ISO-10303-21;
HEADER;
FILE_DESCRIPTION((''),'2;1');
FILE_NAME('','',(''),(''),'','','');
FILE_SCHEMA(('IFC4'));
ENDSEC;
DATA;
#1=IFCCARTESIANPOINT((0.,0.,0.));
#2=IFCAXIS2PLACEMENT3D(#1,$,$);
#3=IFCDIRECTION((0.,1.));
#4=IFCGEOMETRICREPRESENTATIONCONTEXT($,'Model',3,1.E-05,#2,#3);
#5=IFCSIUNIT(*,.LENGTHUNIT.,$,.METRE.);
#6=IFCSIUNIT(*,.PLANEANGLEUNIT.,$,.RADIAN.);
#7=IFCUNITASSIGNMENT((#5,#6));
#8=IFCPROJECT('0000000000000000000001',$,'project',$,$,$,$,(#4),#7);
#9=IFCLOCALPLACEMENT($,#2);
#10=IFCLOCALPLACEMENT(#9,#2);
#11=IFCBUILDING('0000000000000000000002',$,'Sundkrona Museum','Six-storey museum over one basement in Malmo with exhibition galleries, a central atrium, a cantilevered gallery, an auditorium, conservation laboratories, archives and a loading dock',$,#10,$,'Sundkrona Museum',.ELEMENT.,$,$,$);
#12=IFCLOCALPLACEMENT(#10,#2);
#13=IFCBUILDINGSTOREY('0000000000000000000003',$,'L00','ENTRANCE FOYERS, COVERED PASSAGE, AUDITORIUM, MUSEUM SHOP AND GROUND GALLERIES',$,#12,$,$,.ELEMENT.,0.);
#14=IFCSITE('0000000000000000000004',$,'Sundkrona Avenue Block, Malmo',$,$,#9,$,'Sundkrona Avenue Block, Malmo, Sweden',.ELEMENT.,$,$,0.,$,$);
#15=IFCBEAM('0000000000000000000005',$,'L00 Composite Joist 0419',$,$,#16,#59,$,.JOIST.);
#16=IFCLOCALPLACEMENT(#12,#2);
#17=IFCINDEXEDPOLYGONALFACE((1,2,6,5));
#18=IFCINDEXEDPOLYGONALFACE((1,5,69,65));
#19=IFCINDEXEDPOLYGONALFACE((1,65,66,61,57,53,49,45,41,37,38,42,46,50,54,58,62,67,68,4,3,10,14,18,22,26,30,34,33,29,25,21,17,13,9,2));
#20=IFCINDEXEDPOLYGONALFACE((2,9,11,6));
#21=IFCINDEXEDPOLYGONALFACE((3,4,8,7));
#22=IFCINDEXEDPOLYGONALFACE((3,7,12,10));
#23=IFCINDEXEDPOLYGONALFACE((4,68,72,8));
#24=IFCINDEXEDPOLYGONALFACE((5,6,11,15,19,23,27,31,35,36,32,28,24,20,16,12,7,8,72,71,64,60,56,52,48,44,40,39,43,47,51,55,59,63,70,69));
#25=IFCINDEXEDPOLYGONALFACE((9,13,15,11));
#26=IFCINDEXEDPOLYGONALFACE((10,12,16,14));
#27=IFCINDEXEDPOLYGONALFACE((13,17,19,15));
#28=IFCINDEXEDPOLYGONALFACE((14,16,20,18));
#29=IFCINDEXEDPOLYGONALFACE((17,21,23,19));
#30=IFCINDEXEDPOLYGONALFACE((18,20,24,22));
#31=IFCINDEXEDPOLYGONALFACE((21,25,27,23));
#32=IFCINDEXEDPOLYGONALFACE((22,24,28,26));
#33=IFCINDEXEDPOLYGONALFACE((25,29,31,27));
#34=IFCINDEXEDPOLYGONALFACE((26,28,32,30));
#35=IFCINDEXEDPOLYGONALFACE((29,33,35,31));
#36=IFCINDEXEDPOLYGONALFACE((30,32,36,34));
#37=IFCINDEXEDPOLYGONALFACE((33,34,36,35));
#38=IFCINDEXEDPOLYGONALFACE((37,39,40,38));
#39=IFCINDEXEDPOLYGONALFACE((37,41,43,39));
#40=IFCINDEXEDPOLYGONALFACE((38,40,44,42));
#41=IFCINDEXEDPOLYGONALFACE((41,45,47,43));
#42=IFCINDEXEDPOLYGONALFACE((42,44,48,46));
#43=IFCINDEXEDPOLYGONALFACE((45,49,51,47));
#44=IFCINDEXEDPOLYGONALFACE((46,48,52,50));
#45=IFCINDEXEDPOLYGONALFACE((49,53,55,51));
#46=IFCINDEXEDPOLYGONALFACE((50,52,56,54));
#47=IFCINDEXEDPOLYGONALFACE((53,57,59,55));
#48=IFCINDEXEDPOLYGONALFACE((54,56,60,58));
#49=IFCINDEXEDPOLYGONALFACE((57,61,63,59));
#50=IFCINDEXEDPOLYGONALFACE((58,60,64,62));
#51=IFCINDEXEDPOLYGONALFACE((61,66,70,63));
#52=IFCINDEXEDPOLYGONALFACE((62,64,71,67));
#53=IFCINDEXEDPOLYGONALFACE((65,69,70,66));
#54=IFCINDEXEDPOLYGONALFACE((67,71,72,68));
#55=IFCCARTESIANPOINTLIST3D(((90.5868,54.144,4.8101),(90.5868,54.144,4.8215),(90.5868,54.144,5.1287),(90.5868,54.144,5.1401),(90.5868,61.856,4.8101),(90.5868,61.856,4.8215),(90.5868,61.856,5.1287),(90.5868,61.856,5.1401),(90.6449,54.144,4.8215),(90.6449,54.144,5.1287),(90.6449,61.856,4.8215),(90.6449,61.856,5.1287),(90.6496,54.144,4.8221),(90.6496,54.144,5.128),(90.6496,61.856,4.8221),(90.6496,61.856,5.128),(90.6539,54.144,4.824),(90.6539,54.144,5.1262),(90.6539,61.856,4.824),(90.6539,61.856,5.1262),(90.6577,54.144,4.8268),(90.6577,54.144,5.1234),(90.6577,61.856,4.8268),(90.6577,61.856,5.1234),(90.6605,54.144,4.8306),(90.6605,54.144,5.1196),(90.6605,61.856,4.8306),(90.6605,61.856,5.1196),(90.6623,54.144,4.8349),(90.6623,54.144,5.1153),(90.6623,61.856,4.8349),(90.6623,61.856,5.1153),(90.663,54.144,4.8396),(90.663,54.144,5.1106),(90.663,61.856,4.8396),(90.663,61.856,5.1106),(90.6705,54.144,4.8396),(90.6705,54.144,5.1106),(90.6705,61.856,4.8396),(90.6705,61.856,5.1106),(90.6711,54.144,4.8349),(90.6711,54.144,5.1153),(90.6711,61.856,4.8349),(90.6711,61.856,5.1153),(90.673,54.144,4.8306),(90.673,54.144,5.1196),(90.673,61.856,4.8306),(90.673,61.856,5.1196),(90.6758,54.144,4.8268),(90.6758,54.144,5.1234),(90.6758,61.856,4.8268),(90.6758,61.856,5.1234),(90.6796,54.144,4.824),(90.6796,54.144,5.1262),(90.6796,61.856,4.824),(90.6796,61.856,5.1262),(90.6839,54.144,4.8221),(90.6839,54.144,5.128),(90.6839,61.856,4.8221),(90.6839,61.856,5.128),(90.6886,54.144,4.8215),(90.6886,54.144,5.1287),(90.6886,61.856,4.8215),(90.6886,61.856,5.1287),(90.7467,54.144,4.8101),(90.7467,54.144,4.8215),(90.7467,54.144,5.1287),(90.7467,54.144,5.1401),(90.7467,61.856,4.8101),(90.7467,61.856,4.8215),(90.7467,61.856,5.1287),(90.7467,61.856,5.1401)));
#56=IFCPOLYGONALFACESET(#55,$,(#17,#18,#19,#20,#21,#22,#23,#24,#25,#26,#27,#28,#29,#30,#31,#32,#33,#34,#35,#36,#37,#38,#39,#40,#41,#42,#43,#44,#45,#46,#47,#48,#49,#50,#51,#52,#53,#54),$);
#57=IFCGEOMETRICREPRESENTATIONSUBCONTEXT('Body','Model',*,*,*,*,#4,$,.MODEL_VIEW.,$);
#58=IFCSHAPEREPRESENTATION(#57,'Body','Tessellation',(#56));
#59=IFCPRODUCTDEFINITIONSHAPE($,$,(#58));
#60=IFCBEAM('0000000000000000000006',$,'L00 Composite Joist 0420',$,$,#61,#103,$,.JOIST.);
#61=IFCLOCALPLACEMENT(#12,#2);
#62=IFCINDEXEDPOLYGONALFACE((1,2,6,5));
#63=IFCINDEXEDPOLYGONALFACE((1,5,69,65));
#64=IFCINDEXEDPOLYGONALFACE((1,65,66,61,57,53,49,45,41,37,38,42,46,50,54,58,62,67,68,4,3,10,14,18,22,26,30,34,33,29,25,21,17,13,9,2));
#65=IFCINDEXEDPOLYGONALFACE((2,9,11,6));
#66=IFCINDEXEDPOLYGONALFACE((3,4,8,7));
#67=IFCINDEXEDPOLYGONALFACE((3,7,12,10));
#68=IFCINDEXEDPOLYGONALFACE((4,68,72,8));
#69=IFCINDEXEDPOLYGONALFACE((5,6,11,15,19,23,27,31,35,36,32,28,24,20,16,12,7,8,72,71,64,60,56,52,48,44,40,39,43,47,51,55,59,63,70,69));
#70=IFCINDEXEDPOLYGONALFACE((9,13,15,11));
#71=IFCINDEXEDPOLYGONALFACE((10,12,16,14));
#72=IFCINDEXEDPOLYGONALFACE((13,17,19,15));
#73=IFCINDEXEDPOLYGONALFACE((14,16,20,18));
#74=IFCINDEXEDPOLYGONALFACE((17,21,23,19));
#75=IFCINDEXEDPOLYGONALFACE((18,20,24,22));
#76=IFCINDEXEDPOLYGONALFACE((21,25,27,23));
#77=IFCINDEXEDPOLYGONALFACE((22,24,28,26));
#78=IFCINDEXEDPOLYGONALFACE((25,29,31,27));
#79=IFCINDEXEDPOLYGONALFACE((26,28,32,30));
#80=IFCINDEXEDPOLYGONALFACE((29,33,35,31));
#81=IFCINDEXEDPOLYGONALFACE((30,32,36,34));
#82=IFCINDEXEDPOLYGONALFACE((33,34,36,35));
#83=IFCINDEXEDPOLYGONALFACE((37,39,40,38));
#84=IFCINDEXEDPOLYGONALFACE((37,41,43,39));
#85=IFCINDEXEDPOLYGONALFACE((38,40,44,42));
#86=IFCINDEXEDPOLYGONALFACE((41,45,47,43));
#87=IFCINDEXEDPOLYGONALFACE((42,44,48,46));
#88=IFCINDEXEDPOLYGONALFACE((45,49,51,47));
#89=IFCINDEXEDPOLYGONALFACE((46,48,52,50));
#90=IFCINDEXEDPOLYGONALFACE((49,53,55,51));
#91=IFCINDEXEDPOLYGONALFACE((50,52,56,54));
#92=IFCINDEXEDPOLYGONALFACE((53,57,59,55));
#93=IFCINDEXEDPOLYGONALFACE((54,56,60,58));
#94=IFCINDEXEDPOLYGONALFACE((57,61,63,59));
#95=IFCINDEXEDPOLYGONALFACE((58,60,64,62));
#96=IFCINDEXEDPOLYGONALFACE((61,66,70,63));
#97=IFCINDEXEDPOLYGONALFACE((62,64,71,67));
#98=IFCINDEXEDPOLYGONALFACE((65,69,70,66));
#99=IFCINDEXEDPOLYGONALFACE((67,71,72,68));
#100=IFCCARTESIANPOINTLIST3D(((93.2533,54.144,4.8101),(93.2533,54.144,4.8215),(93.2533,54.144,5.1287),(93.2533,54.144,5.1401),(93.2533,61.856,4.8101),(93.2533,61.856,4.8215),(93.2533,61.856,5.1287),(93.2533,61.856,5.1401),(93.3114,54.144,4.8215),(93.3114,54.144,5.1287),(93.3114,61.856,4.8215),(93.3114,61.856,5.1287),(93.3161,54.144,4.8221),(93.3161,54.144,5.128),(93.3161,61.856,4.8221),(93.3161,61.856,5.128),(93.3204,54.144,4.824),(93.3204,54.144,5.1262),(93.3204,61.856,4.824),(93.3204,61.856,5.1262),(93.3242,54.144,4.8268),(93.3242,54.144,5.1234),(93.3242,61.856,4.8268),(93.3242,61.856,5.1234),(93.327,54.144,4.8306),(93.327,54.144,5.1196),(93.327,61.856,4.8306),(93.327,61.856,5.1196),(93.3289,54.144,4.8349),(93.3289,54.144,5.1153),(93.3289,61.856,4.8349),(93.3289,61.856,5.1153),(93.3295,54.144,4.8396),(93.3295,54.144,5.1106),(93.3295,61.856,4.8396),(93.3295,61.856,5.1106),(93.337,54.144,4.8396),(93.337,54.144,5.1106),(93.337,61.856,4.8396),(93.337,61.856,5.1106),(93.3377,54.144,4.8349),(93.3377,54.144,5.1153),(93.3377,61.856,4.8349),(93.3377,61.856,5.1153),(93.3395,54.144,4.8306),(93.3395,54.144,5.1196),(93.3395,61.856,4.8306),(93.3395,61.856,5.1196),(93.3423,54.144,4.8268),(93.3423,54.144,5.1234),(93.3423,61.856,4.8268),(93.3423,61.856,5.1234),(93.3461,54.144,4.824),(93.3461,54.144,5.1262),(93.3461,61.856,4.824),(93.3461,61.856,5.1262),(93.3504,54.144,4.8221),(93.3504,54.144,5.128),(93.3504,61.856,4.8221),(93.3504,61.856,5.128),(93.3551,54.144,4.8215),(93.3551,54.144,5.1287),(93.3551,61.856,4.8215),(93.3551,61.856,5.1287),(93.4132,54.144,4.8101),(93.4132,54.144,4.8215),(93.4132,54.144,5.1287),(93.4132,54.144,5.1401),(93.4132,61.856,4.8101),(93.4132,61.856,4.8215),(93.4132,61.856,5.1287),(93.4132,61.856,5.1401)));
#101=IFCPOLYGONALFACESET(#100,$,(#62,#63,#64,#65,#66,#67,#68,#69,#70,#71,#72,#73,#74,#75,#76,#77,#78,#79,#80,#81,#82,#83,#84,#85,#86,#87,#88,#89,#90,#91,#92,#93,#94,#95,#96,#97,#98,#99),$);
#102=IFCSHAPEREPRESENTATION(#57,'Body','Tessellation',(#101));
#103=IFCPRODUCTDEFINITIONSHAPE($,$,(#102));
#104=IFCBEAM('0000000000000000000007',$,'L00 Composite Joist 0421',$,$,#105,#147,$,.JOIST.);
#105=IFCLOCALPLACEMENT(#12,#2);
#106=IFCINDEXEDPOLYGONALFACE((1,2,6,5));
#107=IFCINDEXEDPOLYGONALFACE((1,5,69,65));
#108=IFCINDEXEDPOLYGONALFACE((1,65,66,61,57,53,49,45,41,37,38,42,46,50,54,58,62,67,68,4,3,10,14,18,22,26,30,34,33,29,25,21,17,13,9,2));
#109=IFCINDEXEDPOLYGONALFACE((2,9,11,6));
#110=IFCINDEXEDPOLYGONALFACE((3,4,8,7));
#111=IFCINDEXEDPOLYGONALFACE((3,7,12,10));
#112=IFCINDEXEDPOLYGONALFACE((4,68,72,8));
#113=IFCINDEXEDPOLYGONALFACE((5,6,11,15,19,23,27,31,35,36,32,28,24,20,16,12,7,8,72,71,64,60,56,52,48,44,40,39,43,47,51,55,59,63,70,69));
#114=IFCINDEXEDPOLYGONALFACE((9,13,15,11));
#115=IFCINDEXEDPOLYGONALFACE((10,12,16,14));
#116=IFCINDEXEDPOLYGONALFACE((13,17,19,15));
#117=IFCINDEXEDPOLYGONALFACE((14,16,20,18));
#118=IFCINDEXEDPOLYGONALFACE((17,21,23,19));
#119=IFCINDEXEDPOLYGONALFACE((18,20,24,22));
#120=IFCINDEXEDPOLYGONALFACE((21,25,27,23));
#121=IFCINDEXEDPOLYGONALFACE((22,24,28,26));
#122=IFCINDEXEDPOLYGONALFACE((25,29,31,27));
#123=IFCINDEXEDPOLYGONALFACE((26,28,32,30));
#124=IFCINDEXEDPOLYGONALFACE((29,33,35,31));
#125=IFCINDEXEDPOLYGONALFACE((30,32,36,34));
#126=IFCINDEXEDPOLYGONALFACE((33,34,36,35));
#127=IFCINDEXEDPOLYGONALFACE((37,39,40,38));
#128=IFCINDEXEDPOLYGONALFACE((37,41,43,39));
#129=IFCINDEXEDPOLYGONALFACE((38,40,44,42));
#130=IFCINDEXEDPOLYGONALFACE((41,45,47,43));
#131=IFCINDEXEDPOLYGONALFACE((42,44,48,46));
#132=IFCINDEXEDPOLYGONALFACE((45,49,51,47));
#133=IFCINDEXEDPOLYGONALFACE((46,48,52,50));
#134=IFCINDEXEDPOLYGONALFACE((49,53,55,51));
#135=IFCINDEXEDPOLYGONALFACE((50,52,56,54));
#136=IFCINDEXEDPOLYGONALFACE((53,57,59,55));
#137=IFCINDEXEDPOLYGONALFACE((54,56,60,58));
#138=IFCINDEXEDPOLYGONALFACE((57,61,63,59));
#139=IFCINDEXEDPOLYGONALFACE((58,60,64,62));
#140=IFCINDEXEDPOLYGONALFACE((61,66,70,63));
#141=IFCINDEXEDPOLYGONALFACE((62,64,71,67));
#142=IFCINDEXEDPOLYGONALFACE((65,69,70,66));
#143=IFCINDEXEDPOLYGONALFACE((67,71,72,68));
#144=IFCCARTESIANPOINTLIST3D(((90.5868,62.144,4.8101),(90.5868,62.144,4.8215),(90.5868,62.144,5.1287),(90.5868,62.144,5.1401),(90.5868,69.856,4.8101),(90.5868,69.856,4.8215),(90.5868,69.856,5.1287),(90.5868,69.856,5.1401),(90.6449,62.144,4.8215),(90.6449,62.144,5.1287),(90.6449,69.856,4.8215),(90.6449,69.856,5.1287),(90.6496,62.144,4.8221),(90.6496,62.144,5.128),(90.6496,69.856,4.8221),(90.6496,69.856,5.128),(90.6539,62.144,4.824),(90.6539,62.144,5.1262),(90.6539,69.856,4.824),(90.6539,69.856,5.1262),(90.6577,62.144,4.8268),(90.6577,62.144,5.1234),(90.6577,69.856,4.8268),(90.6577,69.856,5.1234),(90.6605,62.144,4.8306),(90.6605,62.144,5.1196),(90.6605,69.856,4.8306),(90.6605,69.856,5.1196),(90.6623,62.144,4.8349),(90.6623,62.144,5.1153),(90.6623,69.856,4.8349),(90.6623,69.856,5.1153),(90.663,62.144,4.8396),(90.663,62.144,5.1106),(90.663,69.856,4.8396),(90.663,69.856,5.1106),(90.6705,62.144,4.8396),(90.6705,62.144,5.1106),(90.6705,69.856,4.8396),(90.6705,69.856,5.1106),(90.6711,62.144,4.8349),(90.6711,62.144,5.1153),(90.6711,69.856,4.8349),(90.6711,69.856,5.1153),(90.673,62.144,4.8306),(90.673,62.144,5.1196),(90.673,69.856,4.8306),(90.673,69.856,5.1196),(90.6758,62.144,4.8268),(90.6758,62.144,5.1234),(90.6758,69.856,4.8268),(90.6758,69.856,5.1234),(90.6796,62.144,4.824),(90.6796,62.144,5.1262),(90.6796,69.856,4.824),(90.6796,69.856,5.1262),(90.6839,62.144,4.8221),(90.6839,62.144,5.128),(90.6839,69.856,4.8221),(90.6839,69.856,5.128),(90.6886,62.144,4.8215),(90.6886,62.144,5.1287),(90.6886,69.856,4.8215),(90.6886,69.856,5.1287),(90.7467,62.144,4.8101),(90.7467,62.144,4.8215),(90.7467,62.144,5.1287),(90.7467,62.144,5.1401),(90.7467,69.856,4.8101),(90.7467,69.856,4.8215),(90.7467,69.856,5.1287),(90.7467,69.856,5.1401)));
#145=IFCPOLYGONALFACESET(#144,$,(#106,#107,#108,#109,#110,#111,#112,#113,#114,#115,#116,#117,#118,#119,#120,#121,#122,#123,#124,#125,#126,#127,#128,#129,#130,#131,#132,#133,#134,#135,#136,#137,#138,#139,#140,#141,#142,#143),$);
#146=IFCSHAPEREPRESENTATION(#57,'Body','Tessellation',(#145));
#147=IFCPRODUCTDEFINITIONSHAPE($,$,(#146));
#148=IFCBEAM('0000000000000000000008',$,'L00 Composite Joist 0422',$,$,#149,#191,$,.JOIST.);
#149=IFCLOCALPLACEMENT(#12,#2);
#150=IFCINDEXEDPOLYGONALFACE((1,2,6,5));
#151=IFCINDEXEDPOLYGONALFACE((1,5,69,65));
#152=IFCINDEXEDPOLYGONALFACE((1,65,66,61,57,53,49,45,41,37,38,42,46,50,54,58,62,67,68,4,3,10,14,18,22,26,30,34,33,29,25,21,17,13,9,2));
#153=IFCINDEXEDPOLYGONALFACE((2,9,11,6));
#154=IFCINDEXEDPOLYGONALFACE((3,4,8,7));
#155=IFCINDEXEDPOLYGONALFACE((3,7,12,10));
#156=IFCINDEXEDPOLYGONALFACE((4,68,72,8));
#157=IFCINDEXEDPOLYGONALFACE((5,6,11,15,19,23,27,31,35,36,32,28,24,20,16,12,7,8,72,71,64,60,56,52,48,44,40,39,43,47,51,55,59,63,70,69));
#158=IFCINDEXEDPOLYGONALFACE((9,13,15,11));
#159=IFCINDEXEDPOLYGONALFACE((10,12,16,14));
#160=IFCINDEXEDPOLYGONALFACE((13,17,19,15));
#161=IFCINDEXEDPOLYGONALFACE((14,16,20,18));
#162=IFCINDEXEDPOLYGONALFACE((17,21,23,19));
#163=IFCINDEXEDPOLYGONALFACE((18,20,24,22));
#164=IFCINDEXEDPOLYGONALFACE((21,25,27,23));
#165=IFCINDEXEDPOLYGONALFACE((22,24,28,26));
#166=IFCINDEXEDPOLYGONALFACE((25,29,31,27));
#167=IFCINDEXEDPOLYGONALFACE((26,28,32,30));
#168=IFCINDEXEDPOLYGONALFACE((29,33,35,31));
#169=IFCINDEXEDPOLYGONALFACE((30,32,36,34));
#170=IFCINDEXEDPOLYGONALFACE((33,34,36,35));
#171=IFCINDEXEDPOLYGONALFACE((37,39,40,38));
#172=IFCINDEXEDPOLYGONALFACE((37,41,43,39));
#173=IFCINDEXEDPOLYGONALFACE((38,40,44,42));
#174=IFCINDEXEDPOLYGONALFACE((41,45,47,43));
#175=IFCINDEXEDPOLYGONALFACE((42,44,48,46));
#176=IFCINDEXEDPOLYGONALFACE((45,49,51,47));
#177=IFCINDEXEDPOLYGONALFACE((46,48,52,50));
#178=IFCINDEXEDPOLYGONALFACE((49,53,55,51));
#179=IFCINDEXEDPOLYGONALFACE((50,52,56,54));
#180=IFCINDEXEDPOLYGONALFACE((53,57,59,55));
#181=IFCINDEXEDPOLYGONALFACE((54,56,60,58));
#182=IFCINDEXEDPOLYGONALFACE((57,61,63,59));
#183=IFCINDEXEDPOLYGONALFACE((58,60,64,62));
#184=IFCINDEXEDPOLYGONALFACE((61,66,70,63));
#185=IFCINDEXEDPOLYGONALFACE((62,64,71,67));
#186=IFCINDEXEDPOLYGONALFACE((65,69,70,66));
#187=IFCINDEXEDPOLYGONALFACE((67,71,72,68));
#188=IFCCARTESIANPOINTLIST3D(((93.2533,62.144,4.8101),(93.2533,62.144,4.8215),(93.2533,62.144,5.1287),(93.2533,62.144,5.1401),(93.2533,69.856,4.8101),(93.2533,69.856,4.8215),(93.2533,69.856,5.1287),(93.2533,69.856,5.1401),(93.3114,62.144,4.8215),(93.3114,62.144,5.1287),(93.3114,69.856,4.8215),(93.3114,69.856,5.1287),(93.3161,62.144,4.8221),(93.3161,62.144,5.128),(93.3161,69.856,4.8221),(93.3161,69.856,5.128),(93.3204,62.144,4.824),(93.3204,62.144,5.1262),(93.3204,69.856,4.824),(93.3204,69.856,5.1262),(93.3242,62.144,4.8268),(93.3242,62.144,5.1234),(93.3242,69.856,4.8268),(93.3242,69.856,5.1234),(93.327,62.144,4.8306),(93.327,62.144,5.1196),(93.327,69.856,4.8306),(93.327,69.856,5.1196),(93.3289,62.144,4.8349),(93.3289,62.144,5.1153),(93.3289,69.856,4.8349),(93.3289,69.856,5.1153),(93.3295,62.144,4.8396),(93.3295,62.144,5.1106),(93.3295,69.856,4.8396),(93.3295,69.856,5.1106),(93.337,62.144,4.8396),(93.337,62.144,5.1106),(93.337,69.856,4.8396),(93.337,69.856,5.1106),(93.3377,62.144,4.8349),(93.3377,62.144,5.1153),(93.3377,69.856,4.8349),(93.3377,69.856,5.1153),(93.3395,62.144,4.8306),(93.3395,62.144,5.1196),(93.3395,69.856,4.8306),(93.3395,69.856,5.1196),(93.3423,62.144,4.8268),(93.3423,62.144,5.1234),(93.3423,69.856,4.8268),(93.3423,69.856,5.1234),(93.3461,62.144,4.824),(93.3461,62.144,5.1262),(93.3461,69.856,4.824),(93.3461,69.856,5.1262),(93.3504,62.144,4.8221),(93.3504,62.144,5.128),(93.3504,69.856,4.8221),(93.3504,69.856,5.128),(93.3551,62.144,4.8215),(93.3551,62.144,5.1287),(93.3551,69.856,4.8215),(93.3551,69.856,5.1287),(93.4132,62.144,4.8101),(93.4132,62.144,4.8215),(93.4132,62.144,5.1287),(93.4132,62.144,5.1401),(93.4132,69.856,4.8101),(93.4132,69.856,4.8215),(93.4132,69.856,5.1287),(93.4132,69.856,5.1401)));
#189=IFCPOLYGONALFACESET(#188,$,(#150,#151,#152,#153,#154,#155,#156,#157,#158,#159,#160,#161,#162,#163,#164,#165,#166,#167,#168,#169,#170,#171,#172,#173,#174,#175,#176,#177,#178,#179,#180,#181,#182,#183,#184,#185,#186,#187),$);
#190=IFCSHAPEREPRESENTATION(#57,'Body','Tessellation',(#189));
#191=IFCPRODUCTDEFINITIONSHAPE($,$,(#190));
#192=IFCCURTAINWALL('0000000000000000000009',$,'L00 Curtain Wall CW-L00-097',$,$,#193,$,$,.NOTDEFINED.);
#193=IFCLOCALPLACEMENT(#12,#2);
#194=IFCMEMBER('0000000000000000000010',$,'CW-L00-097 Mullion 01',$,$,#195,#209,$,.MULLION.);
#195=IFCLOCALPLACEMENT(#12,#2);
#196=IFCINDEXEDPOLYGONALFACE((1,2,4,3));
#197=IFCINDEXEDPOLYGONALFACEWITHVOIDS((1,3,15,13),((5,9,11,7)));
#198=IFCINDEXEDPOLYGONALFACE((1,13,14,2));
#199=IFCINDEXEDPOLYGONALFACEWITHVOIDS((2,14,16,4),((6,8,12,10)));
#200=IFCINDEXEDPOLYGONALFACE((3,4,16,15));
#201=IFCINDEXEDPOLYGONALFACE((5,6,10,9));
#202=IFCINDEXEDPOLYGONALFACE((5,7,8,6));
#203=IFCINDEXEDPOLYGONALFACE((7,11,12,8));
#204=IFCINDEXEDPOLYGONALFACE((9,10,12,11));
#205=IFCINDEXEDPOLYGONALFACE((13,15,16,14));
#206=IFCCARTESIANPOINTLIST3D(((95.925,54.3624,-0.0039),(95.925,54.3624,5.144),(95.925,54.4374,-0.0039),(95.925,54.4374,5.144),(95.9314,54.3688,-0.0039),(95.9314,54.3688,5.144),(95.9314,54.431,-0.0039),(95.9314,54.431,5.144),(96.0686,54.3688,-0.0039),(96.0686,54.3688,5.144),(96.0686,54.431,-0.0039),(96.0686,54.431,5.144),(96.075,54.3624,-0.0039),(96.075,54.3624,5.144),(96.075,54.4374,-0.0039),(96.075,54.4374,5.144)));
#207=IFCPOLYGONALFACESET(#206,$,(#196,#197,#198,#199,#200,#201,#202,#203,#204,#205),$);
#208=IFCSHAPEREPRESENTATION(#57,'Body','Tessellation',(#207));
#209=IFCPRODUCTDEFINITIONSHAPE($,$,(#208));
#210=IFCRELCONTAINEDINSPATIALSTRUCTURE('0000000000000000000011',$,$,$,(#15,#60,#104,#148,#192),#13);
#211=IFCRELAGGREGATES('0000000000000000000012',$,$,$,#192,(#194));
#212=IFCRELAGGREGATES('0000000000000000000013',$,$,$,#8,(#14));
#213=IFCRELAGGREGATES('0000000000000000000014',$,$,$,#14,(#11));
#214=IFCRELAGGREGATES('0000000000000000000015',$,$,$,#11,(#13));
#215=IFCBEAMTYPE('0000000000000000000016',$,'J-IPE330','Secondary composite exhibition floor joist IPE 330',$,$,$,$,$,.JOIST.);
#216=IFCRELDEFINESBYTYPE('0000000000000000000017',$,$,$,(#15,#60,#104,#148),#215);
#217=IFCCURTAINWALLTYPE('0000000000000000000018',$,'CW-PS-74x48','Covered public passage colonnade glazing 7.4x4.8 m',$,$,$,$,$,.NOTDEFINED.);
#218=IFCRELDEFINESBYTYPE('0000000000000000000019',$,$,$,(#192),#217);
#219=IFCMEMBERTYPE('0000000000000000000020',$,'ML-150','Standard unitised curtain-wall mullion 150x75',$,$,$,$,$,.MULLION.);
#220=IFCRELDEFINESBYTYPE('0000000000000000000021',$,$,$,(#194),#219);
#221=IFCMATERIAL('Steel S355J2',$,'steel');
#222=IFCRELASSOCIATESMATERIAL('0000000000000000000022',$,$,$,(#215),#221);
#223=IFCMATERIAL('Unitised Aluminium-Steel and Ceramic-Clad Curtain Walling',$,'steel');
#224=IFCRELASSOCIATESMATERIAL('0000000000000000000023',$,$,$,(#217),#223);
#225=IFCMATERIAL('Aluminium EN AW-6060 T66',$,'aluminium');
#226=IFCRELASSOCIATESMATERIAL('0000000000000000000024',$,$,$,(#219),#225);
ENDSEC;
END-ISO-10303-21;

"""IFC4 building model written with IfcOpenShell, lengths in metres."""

from ifc_helpers import new_model, si_unit, direction, frame, origin, origin_2d, place, context, subcontext, project, spatial, hollow_rectangle, i_section, extrude, material, material_profile, profile_set, type_object, element, aggregate, save


model = new_model("IFC4")

# Units and contexts
model_context = context("Model", 3, precision=1e-05, world=origin(), true_north=direction((0.0, 1.0)))
body_context = subcontext(model_context, "Body", "Model", "MODEL_VIEW")
ifc_project = project(units=[si_unit("LENGTHUNIT", "METRE"), si_unit("PLANEANGLEUNIT", "RADIAN")], contexts=[model_context])

# Site, building, storey
site_placement = place(None, origin())
site = spatial("IfcSite", under=ifc_project, at=site_placement, Name="Sundkrona Avenue Block, Malmo", LongName="Sundkrona Avenue Block, Malmo, Sweden", CompositionType="ELEMENT", RefElevation=0.0)
building_placement = place(site_placement, origin())
building = spatial("IfcBuilding", under=site, at=building_placement, Name="Sundkrona Museum", Description="Six-storey museum over one basement in Malmo with exhibition galleries, a central atrium, a cantilevered gallery, an auditorium, conservation laboratories, archives and a loading dock", LongName="Sundkrona Museum", CompositionType="ELEMENT")
storey_placement = place(building_placement, origin())
storey = spatial("IfcBuildingStorey", under=building, at=storey_placement, Name="L00", Description="ENTRANCE FOYERS, COVERED PASSAGE, AUDITORIUM, MUSEUM SHOP AND GROUND GALLERIES", CompositionType="ELEMENT", Elevation=0.0)

# Shared definitions
ifc_material_1 = material(Name="Steel S355J2", Category="steel")

# Beams
ifc_material_profile_1 = material_profile(ifc_material_1, i_section(OverallWidth=0.1599, OverallDepth=0.3301, WebThickness=0.0076, FlangeThickness=0.0115, FilletRadius=0.0181, at=origin_2d()), Name="IPE 330")
ifc_profile_set_1 = profile_set([ifc_material_profile_1], Name="Steel S355J2")
beam_type_1 = type_object("IfcBeamType", Name="J-IPE330", Description="Secondary composite exhibition floor joist IPE 330", PredefinedType="JOIST", material=ifc_profile_set_1)
for number, where, z_axis, x_axis, name in (
    (1, (90.6667, 54.144, 4.9751), (0.0, 1.0, 0.0), (-1.0, 0.0, 0.0), "L00 Composite Joist 0419"),
    (2, (93.3333, 54.144, 4.9751), (0.0, 1.0, 0.0), (-1.0, 0.0, 0.0), "L00 Composite Joist 0420"),
    (3, (90.6667, 62.144, 4.9751), (0.0, 1.0, 0.0), (-1.0, 0.0, 0.0), "L00 Composite Joist 0421"),
    (4, (93.3333, 62.144, 4.9751), (0.0, 1.0, 0.0), (-1.0, 0.0, 0.0), "L00 Composite Joist 0422"),
):
    element("IfcBeam", number, at=place(storey_placement, frame(where, z_axis=z_axis, x_axis=x_axis)), inside=storey, type_object=beam_type_1, Name=name, PredefinedType="JOIST", context=body_context, shape_type="SweptSolid", body=[
        extrude(i_section(OverallWidth=0.1599, OverallDepth=0.3301, WebThickness=0.0076, FlangeThickness=0.0115, FilletRadius=0.0181, at=origin_2d()), origin(), (0.0, 0.0, 1.0), 7.7119),
    ])

# Curtain wall, member
ifc_material_2 = material(Name="Unitised Aluminium-Steel and Ceramic-Clad Curtain Walling", Category="steel")
curtain_wall_type = type_object("IfcCurtainWallType", Name="CW-PS-74x48", Description="Covered public passage colonnade glazing 7.4x4.8 m", PredefinedType="NOTDEFINED", material=ifc_material_2)
curtain_wall_1_placement = place(storey_placement, origin())
curtain_wall_1 = element("IfcCurtainWall", 5, at=curtain_wall_1_placement, inside=storey, type_object=curtain_wall_type, Name="L00 Curtain Wall CW-L00-097", PredefinedType="NOTDEFINED")
ifc_material_3 = material(Name="Aluminium EN AW-6060 T66", Category="aluminium")
ifc_material_profile_2 = material_profile(ifc_material_3, hollow_rectangle(XDim=0.075, YDim=0.1499, WallThickness=0.0063, at=origin_2d()), Name="RHS 150x75x6.3")
ifc_profile_set_2 = profile_set([ifc_material_profile_2], Name="Aluminium EN AW-6060 T66")
member_type_1 = type_object("IfcMemberType", Name="ML-150", Description="Standard unitised curtain-wall mullion 150x75", PredefinedType="MULLION", material=ifc_profile_set_2)
member_1_placement = place(storey_placement, frame((96.0, 54.3999, -0.0039), z_axis=(0.0, 0.0, 1.0), x_axis=(0.0, 1.0, 0.0)))
member_1 = element("IfcMember", 6, at=member_1_placement, type_object=member_type_1, Name="CW-L00-097 Mullion 01", PredefinedType="MULLION", context=body_context, shape_type="SweptSolid", body=[
    extrude(hollow_rectangle(XDim=0.075, YDim=0.1499, WallThickness=0.0063, at=origin_2d()), origin(), (0.0, 0.0, 1.0), 5.1479),
])

aggregate(curtain_wall_1, [member_1])

save(model, "model.ifc")
